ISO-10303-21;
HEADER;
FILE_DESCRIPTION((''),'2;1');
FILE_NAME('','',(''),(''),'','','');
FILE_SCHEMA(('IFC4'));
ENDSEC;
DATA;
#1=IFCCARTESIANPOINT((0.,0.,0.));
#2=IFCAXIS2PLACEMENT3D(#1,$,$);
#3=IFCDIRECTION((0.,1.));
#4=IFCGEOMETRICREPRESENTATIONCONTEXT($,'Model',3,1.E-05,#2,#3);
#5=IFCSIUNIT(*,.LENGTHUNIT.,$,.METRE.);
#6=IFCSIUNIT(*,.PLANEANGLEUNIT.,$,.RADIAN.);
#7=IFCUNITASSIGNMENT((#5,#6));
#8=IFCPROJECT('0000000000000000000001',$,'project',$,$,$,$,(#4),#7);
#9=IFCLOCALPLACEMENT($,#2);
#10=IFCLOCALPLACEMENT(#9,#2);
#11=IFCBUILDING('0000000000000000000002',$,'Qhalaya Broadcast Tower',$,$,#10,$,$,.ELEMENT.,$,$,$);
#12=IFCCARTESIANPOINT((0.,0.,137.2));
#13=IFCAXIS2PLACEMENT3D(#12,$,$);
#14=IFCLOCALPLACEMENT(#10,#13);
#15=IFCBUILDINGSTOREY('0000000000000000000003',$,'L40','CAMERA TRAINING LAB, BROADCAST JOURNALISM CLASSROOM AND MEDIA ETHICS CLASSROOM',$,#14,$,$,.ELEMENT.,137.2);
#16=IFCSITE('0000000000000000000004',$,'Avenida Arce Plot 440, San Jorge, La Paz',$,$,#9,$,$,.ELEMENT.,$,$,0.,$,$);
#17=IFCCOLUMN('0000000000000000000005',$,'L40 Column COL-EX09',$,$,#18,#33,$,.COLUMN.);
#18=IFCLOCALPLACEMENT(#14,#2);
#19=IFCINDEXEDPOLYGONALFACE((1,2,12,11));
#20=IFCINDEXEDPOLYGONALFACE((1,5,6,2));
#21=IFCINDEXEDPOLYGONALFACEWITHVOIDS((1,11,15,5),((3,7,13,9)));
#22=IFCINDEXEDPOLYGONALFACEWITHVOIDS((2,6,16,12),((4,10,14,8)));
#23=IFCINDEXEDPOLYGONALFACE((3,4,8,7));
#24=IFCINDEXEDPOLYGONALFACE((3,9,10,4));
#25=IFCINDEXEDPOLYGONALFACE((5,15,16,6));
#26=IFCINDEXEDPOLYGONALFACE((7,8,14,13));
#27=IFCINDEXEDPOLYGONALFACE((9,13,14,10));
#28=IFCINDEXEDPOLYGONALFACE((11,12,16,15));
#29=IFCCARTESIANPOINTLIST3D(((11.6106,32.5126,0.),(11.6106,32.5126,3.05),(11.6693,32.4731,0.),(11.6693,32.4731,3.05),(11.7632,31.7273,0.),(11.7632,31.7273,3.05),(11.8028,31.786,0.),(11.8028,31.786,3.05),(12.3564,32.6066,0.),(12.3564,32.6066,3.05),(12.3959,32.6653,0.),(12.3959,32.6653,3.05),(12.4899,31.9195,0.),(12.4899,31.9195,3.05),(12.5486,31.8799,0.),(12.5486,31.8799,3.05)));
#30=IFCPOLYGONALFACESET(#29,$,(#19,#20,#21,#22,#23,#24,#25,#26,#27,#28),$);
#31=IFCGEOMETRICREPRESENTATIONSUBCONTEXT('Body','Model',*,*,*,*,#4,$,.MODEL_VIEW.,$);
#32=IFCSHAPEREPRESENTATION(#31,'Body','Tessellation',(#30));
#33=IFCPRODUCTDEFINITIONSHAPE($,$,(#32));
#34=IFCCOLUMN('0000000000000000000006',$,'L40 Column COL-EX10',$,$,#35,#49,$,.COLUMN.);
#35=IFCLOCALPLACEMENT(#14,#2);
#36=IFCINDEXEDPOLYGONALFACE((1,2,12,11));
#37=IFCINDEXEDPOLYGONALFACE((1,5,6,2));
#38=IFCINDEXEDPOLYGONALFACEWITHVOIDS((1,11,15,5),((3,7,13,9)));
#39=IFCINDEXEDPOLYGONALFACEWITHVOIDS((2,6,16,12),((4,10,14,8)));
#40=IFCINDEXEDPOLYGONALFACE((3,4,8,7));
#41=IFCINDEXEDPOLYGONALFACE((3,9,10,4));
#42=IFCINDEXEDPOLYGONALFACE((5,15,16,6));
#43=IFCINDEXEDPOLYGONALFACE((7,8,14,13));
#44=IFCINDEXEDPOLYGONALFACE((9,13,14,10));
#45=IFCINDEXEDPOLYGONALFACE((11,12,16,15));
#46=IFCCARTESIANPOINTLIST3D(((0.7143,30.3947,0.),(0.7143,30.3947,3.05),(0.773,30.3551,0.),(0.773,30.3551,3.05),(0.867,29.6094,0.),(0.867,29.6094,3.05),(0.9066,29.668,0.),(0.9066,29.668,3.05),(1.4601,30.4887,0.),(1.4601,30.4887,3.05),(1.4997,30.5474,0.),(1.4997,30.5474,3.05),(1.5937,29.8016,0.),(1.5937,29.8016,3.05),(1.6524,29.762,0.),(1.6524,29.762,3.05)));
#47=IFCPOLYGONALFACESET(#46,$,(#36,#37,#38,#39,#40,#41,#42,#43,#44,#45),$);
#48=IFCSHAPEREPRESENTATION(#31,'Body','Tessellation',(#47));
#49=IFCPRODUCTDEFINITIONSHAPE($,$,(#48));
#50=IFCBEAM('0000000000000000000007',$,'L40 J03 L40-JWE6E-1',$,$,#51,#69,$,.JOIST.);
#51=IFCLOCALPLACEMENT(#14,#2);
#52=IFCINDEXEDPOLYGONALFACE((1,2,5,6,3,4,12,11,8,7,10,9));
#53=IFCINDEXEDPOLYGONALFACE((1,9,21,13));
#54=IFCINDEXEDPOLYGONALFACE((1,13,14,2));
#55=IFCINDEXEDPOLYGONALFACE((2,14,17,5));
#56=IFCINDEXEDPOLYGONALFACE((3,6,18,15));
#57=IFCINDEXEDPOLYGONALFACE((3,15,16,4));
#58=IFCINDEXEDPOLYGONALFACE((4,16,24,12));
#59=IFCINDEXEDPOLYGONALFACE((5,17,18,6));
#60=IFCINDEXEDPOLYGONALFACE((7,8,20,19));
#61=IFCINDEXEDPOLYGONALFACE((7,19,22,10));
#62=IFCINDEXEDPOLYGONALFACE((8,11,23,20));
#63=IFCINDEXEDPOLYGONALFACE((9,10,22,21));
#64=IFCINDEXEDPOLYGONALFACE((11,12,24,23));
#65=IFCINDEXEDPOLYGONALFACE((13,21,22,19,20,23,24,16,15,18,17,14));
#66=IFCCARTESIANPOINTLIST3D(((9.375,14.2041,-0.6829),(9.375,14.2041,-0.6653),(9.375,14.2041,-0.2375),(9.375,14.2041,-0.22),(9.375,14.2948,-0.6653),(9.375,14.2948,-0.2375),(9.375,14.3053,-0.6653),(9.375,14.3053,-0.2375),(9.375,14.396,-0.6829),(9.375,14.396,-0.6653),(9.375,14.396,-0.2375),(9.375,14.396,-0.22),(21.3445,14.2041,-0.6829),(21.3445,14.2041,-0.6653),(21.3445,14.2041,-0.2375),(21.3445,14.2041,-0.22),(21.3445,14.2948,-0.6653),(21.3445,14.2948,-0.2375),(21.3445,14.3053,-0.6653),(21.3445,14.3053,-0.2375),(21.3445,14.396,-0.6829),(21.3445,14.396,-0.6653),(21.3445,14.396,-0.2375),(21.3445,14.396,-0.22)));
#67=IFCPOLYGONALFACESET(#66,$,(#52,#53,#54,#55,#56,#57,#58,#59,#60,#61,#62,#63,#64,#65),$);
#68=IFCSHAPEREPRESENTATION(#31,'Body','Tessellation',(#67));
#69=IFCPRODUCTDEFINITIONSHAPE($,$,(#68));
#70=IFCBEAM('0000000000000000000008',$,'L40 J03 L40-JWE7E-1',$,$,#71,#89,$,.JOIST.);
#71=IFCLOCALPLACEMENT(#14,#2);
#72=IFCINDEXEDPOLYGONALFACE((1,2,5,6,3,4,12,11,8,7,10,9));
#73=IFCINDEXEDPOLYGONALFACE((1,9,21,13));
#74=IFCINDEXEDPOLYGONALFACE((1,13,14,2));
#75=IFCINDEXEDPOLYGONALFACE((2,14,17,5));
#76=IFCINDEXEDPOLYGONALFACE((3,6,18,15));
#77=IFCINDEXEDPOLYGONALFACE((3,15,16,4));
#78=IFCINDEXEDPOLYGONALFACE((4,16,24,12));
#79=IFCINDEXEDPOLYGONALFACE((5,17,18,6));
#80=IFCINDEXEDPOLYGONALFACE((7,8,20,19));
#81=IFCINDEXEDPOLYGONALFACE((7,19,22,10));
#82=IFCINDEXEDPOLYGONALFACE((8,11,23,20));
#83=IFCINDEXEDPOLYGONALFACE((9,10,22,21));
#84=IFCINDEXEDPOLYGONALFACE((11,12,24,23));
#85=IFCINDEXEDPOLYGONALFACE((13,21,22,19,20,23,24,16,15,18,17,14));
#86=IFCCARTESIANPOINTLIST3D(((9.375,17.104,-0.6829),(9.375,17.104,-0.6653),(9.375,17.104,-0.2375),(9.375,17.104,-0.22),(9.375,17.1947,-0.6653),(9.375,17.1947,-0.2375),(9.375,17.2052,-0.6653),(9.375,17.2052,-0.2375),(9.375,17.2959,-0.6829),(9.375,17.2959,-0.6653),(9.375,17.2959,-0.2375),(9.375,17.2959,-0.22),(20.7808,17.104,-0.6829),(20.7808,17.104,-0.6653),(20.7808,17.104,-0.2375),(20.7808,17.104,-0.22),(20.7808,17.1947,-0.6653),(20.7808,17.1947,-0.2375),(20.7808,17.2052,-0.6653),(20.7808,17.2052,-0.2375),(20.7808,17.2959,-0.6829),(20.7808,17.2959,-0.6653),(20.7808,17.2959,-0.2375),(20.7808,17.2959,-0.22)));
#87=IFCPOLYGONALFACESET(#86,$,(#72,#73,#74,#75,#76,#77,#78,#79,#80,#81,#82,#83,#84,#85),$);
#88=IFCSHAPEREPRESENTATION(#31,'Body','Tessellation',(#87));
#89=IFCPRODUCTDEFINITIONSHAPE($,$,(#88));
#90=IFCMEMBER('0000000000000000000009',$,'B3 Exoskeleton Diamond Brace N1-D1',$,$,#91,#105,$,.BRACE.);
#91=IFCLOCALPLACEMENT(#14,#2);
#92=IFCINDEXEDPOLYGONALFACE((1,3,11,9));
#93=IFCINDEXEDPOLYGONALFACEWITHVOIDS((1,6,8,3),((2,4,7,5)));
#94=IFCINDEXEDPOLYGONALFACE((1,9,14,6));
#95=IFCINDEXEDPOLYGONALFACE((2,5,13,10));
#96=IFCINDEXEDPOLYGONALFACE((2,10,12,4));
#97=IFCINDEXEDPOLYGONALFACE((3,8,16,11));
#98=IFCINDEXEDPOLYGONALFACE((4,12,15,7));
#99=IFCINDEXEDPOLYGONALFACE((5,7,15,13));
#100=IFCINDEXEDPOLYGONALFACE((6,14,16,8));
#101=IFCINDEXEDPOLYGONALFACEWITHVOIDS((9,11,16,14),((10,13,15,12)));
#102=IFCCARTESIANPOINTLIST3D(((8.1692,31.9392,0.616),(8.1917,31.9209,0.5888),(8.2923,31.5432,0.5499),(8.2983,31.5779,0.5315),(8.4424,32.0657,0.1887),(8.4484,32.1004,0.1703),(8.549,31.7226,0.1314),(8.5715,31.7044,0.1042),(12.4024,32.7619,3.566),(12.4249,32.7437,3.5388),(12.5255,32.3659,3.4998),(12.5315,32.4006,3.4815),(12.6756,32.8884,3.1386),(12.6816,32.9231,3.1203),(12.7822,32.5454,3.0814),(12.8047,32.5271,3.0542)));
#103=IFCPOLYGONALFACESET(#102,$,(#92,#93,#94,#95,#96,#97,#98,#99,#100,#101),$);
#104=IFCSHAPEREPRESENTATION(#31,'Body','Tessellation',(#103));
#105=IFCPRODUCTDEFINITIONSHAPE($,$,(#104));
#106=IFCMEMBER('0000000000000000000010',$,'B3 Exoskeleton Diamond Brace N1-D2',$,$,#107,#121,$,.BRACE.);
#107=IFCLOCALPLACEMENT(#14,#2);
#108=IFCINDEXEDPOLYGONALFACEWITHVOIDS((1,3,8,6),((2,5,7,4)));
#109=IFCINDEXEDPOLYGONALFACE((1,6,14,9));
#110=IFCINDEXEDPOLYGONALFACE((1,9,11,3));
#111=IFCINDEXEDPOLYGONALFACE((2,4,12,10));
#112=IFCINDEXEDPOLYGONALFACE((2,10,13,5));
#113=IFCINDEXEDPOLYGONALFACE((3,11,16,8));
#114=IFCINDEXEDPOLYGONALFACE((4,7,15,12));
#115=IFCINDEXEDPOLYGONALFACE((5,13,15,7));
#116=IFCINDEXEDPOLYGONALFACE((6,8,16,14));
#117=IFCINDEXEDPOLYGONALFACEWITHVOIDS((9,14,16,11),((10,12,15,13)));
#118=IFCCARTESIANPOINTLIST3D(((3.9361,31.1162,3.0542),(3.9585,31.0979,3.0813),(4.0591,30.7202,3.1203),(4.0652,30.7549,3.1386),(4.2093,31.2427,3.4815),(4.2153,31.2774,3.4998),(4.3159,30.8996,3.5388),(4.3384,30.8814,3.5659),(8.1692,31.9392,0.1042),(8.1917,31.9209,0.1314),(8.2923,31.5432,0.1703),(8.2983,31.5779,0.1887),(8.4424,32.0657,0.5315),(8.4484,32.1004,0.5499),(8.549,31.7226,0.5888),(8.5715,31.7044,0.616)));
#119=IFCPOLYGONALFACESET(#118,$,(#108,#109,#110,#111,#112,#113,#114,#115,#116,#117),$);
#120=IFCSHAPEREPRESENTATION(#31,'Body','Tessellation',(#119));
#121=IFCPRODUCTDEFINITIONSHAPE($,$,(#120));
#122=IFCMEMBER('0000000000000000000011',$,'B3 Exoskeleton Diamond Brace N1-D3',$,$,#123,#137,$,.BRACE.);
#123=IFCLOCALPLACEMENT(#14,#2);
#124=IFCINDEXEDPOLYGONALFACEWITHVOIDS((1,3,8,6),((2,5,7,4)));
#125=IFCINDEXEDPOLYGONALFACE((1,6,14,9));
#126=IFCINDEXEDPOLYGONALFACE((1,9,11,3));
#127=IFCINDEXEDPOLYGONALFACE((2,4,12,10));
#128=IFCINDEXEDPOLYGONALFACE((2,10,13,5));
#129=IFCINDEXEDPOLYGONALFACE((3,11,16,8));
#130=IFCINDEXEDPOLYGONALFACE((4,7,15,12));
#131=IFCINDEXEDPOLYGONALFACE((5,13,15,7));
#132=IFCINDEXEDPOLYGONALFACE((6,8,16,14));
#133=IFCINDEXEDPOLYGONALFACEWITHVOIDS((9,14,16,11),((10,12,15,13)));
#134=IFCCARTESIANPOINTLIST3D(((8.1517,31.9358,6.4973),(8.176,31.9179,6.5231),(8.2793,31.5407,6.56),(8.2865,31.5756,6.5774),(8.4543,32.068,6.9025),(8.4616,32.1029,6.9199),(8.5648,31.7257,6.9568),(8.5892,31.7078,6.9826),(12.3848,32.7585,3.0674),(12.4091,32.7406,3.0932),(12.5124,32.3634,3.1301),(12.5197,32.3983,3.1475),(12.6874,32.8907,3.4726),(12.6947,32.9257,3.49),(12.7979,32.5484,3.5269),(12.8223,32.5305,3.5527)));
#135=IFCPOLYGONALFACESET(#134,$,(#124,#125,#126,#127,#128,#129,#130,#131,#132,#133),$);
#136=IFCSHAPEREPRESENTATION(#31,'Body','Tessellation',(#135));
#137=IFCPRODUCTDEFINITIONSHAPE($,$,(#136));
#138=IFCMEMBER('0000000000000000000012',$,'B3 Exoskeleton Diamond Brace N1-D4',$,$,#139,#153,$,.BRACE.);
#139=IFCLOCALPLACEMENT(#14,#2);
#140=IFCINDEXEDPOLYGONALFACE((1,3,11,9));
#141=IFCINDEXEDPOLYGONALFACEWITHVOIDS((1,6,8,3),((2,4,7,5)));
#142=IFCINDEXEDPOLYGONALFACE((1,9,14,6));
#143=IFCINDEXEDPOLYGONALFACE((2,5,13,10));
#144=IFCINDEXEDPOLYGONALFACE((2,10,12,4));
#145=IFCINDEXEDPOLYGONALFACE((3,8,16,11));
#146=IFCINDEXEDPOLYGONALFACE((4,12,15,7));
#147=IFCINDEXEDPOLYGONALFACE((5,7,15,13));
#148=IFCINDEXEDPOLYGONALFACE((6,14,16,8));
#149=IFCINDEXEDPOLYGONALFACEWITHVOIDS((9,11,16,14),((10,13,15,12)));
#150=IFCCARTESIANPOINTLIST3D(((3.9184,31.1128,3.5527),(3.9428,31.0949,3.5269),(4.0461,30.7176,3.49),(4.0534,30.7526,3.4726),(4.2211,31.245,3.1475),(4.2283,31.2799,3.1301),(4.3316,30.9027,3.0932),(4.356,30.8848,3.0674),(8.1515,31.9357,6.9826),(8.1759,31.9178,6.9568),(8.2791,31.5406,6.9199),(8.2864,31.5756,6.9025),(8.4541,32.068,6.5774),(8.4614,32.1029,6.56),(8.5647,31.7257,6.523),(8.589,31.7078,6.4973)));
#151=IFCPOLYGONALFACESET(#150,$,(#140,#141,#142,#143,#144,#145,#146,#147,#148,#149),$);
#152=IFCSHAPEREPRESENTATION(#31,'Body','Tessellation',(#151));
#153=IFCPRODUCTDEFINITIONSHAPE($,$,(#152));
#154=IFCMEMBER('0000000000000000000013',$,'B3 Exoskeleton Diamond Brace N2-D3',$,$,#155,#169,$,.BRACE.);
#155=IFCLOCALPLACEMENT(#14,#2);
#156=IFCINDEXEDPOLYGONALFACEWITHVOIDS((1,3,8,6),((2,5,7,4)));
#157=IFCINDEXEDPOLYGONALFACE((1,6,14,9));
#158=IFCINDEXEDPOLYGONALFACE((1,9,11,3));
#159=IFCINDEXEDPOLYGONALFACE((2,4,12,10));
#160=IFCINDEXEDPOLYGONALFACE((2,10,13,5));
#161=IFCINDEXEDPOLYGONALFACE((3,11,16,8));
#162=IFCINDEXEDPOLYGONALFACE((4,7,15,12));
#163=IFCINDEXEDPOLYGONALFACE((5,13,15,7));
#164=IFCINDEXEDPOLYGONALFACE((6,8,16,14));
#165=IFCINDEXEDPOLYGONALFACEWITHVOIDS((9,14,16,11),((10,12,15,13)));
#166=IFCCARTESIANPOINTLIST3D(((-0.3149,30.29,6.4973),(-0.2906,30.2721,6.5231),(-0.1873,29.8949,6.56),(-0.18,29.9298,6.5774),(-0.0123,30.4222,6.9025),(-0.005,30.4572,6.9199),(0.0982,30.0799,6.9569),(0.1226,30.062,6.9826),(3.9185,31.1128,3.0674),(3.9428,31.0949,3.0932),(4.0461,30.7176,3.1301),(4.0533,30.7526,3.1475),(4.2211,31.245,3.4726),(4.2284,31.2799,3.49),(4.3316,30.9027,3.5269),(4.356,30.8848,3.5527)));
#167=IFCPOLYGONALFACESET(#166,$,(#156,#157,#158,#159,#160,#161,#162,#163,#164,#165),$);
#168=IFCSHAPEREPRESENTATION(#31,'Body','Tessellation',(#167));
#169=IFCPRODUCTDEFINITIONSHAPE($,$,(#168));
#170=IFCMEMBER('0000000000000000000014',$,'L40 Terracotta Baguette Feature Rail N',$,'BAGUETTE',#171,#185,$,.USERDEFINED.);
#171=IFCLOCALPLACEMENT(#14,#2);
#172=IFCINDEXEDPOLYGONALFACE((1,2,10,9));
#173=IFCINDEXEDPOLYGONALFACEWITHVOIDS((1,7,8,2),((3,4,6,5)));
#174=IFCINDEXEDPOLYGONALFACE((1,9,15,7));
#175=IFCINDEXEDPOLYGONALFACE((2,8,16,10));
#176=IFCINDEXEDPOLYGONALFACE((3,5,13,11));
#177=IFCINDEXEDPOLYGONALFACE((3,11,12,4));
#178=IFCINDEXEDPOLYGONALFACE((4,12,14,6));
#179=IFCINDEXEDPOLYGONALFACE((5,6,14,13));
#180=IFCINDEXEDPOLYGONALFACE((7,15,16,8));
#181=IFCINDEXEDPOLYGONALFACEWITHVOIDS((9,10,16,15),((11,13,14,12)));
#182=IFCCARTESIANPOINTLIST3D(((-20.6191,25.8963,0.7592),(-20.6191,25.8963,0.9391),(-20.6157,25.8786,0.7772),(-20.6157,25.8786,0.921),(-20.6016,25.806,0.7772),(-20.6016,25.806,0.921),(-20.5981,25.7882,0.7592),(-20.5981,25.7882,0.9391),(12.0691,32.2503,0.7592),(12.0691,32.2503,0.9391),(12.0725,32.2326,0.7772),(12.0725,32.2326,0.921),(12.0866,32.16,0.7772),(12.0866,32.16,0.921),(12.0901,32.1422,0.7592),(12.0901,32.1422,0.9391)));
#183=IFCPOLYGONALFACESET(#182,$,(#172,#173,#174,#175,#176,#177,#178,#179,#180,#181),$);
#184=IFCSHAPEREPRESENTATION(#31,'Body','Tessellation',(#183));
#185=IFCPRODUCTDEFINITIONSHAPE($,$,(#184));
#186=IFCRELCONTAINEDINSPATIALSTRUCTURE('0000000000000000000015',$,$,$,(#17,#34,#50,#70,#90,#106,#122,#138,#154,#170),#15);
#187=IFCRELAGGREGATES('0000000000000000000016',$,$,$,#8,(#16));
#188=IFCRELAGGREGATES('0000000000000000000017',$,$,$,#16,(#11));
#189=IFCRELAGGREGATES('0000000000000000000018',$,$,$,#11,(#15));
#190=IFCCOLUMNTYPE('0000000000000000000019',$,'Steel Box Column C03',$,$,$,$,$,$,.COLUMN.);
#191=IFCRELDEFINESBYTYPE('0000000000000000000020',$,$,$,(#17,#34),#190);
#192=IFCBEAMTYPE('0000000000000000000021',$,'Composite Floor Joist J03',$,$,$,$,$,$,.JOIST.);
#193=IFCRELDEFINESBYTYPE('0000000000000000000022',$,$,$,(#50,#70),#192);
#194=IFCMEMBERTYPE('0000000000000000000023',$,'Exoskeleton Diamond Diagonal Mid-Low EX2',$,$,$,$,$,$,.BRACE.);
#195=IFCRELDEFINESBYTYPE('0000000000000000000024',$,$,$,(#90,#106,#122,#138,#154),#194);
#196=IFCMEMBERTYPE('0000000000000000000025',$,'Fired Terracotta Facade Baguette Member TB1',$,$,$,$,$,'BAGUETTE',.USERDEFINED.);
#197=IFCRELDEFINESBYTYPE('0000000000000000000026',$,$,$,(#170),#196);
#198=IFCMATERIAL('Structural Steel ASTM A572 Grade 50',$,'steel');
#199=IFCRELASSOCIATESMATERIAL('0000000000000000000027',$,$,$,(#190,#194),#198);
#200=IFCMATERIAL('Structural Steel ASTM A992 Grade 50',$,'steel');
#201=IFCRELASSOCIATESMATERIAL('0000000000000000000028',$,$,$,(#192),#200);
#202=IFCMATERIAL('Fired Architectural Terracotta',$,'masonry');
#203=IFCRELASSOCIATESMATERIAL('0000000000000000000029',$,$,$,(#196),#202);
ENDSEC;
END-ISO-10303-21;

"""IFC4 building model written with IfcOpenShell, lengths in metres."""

from ifc_helpers import new_model, si_unit, direction, frame, origin, origin_2d, place, context, subcontext, project, spatial, hollow_rectangle, i_section, extrude, material, material_profile, profile_set, type_object, element, save


model = new_model("IFC4")

# Units and contexts
model_context = context("Model", 3, precision=1e-05, world=origin(), true_north=direction((0.0, 1.0)))
body_context = subcontext(model_context, "Body", "Model", "MODEL_VIEW")
ifc_project = project(units=[si_unit("LENGTHUNIT", "METRE"), si_unit("PLANEANGLEUNIT", "RADIAN")], contexts=[model_context])

# Site, building, storey
site_placement = place(None, origin())
site = spatial("IfcSite", under=ifc_project, at=site_placement, Name="Avenida Arce Plot 440, San Jorge, La Paz", CompositionType="ELEMENT", RefElevation=0.0)
building_placement = place(site_placement, origin())
building = spatial("IfcBuilding", under=site, at=building_placement, Name="Qhalaya Broadcast Tower", CompositionType="ELEMENT")
storey_placement = place(building_placement, frame((0.0, 0.0, 137.2)))
storey = spatial("IfcBuildingStorey", under=building, at=storey_placement, Name="L40", Description="CAMERA TRAINING LAB, BROADCAST JOURNALISM CLASSROOM AND MEDIA ETHICS CLASSROOM", CompositionType="ELEMENT", Elevation=137.2)

# Columns
ifc_material_1 = material(Name="Structural Steel ASTM A572 Grade 50", Category="steel")
ifc_material_profile_1 = material_profile(ifc_material_1, hollow_rectangle(XDim=0.8, YDim=0.8, WallThickness=0.05, at=origin_2d()), Name="BOX 800x800x50")
ifc_profile_set_1 = profile_set([ifc_material_profile_1], Name="Structural Steel ASTM A572 Grade 50")
column_type = type_object("IfcColumnType", Name="Steel Box Column C03", PredefinedType="COLUMN", material=ifc_profile_set_1)
for number, where, z_axis, x_axis, name in (
    (1, (12.0796, 32.1963, 0.0), (0.0, 0.0, 1.0), (0.981627, 0.190809, 0.0), "L40 Column COL-EX09"),
    (2, (1.1833, 30.0784, 0.0), (0.0, 0.0, 1.0), (0.981627, 0.190809, 0.0), "L40 Column COL-EX10"),
):
    element("IfcColumn", number, at=place(storey_placement, frame(where, z_axis=z_axis, x_axis=x_axis)), inside=storey, type_object=column_type, Name=name, PredefinedType="COLUMN", context=body_context, shape_type="SweptSolid", body=[
        extrude(hollow_rectangle(XDim=0.8, YDim=0.8, WallThickness=0.05, at=origin_2d()), origin(), (0.0, 0.0, 1.0), 3.05),
    ])

# Beams
ifc_material_2 = material(Name="Structural Steel ASTM A992 Grade 50", Category="steel")
ifc_material_profile_2 = material_profile(ifc_material_2, i_section(OverallWidth=0.1919, OverallDepth=0.4629, WebThickness=0.0105, FlangeThickness=0.0176, at=origin_2d()), Name="W18X60")
ifc_profile_set_2 = profile_set([ifc_material_profile_2], Name="Structural Steel ASTM A992 Grade 50")
beam_type_1 = type_object("IfcBeamType", Name="Composite Floor Joist J03", PredefinedType="JOIST", material=ifc_profile_set_2)
beam_1_placement = place(storey_placement, frame((9.375, 14.3, -0.4514), z_axis=(1.0, 0.0, 0.0), x_axis=(0.0, 1.0, 0.0)))
element("IfcBeam", 3, at=beam_1_placement, inside=storey, type_object=beam_type_1, Name="L40 J03 L40-JWE6E-1", PredefinedType="JOIST", context=body_context, shape_type="SweptSolid", body=[
    extrude(i_section(OverallWidth=0.1919, OverallDepth=0.4629, WebThickness=0.0105, FlangeThickness=0.0176, at=origin_2d()), origin(), (0.0, 0.0, 1.0), 11.9695),
])
beam_2_placement = place(storey_placement, frame((9.375, 17.2, -0.4514), z_axis=(1.0, 0.0, 0.0), x_axis=(0.0, 1.0, 0.0)))
element("IfcBeam", 4, at=beam_2_placement, inside=storey, type_object=beam_type_1, Name="L40 J03 L40-JWE7E-1", PredefinedType="JOIST", context=body_context, shape_type="SweptSolid", body=[
    extrude(i_section(OverallWidth=0.1919, OverallDepth=0.4629, WebThickness=0.0105, FlangeThickness=0.0176, at=origin_2d()), origin(), (0.0, 0.0, 1.0), 11.4058),
])

# Members
ifc_material_profile_3 = material_profile(ifc_material_1, hollow_rectangle(XDim=0.4199, YDim=0.55, WallThickness=0.0281, at=origin_2d()), Name="BOX 420x550x28")
ifc_profile_set_3 = profile_set([ifc_material_profile_3], Name="Structural Steel ASTM A572 Grade 50")
member_type_1 = type_object("IfcMemberType", Name="Exoskeleton Diamond Diagonal Mid-Low EX2", PredefinedType="BRACE", material=ifc_profile_set_3)
for number, where, z_axis, x_axis, name in (
    (5, (8.3704, 31.8218, 0.3601), (0.810201, 0.15747, 0.564604), (-0.293037, 0.943042, 0.157487), "B3 Exoskeleton Diamond Brace N1-D1"),
    (6, (8.3704, 31.8218, 0.3601), (-0.810195, -0.157516, 0.564599), (0.293088, -0.943026, 0.157487), "B3 Exoskeleton Diamond Brace N1-D2"),
):
    element("IfcMember", number, at=place(storey_placement, frame(where, z_axis=z_axis, x_axis=x_axis)), inside=storey, type_object=member_type_1, Name=name, PredefinedType="BRACE", context=body_context, shape_type="SweptSolid", body=[
        extrude(hollow_rectangle(XDim=0.4199, YDim=0.55, WallThickness=0.0281, at=origin_2d()), origin(), (0.0, 0.0, 1.0), 5.2249),
    ])
for number, where, z_axis, x_axis, name in (
    (7, (12.6035, 32.6445, 3.3101), (-0.768257, -0.149318, 0.622483), (0.303878, -0.940935, 0.149333), "B3 Exoskeleton Diamond Brace N1-D3"),
    (8, (4.1372, 30.9988, 3.3101), (0.768252, 0.149361, 0.622479), (-0.303929, 0.940918, 0.149334), "B3 Exoskeleton Diamond Brace N1-D4"),
):
    element("IfcMember", number, at=place(storey_placement, frame(where, z_axis=z_axis, x_axis=x_axis)), inside=storey, type_object=member_type_1, Name=name, PredefinedType="BRACE", context=body_context, shape_type="SweptSolid", body=[
        extrude(hollow_rectangle(XDim=0.4199, YDim=0.55, WallThickness=0.0281, at=origin_2d()), origin(), (0.0, 0.0, 1.0), 5.51),
    ])
member_1_placement = place(storey_placement, frame((4.1372, 30.9988, 3.3101), z_axis=(-0.768275, -0.149313, 0.622462), x_axis=(0.303864, -0.940939, 0.149337)))
element("IfcMember", 9, at=member_1_placement, inside=storey, type_object=member_type_1, Name="B3 Exoskeleton Diamond Brace N2-D3", PredefinedType="BRACE", context=body_context, shape_type="SweptSolid", body=[
    extrude(hollow_rectangle(XDim=0.4199, YDim=0.55, WallThickness=0.0281, at=origin_2d()), origin(), (0.0, 0.0, 1.0), 5.5103),
])
ifc_material_3 = material(Name="Fired Architectural Terracotta", Category="masonry")
ifc_material_profile_4 = material_profile(ifc_material_3, hollow_rectangle(XDim=0.1101, YDim=0.1799, WallThickness=0.0181, at=origin_2d()), Name="TB-BAG 110x180x18")
ifc_profile_set_4 = profile_set([ifc_material_profile_4], Name="Fired Architectural Terracotta")
member_type_2 = type_object("IfcMemberType", Name="Fired Terracotta Facade Baguette Member TB1", ElementType="BAGUETTE", PredefinedType="USERDEFINED", material=ifc_profile_set_4)
member_2_placement = place(storey_placement, frame((12.0796, 32.1963, 0.8491), z_axis=(-0.981627, -0.190811, 0.0), x_axis=(0.190811, -0.981627, 0.0)))
element("IfcMember", 10, at=member_2_placement, inside=storey, type_object=member_type_2, Name="L40 Terracotta Baguette Feature Rail N", ObjectType="BAGUETTE", PredefinedType="USERDEFINED", context=body_context, shape_type="SweptSolid", body=[
    extrude(hollow_rectangle(XDim=0.1101, YDim=0.1799, WallThickness=0.0181, at=origin_2d()), origin(), (0.0, 0.0, 1.0), 33.3),
])

save(model, "model.ifc")
